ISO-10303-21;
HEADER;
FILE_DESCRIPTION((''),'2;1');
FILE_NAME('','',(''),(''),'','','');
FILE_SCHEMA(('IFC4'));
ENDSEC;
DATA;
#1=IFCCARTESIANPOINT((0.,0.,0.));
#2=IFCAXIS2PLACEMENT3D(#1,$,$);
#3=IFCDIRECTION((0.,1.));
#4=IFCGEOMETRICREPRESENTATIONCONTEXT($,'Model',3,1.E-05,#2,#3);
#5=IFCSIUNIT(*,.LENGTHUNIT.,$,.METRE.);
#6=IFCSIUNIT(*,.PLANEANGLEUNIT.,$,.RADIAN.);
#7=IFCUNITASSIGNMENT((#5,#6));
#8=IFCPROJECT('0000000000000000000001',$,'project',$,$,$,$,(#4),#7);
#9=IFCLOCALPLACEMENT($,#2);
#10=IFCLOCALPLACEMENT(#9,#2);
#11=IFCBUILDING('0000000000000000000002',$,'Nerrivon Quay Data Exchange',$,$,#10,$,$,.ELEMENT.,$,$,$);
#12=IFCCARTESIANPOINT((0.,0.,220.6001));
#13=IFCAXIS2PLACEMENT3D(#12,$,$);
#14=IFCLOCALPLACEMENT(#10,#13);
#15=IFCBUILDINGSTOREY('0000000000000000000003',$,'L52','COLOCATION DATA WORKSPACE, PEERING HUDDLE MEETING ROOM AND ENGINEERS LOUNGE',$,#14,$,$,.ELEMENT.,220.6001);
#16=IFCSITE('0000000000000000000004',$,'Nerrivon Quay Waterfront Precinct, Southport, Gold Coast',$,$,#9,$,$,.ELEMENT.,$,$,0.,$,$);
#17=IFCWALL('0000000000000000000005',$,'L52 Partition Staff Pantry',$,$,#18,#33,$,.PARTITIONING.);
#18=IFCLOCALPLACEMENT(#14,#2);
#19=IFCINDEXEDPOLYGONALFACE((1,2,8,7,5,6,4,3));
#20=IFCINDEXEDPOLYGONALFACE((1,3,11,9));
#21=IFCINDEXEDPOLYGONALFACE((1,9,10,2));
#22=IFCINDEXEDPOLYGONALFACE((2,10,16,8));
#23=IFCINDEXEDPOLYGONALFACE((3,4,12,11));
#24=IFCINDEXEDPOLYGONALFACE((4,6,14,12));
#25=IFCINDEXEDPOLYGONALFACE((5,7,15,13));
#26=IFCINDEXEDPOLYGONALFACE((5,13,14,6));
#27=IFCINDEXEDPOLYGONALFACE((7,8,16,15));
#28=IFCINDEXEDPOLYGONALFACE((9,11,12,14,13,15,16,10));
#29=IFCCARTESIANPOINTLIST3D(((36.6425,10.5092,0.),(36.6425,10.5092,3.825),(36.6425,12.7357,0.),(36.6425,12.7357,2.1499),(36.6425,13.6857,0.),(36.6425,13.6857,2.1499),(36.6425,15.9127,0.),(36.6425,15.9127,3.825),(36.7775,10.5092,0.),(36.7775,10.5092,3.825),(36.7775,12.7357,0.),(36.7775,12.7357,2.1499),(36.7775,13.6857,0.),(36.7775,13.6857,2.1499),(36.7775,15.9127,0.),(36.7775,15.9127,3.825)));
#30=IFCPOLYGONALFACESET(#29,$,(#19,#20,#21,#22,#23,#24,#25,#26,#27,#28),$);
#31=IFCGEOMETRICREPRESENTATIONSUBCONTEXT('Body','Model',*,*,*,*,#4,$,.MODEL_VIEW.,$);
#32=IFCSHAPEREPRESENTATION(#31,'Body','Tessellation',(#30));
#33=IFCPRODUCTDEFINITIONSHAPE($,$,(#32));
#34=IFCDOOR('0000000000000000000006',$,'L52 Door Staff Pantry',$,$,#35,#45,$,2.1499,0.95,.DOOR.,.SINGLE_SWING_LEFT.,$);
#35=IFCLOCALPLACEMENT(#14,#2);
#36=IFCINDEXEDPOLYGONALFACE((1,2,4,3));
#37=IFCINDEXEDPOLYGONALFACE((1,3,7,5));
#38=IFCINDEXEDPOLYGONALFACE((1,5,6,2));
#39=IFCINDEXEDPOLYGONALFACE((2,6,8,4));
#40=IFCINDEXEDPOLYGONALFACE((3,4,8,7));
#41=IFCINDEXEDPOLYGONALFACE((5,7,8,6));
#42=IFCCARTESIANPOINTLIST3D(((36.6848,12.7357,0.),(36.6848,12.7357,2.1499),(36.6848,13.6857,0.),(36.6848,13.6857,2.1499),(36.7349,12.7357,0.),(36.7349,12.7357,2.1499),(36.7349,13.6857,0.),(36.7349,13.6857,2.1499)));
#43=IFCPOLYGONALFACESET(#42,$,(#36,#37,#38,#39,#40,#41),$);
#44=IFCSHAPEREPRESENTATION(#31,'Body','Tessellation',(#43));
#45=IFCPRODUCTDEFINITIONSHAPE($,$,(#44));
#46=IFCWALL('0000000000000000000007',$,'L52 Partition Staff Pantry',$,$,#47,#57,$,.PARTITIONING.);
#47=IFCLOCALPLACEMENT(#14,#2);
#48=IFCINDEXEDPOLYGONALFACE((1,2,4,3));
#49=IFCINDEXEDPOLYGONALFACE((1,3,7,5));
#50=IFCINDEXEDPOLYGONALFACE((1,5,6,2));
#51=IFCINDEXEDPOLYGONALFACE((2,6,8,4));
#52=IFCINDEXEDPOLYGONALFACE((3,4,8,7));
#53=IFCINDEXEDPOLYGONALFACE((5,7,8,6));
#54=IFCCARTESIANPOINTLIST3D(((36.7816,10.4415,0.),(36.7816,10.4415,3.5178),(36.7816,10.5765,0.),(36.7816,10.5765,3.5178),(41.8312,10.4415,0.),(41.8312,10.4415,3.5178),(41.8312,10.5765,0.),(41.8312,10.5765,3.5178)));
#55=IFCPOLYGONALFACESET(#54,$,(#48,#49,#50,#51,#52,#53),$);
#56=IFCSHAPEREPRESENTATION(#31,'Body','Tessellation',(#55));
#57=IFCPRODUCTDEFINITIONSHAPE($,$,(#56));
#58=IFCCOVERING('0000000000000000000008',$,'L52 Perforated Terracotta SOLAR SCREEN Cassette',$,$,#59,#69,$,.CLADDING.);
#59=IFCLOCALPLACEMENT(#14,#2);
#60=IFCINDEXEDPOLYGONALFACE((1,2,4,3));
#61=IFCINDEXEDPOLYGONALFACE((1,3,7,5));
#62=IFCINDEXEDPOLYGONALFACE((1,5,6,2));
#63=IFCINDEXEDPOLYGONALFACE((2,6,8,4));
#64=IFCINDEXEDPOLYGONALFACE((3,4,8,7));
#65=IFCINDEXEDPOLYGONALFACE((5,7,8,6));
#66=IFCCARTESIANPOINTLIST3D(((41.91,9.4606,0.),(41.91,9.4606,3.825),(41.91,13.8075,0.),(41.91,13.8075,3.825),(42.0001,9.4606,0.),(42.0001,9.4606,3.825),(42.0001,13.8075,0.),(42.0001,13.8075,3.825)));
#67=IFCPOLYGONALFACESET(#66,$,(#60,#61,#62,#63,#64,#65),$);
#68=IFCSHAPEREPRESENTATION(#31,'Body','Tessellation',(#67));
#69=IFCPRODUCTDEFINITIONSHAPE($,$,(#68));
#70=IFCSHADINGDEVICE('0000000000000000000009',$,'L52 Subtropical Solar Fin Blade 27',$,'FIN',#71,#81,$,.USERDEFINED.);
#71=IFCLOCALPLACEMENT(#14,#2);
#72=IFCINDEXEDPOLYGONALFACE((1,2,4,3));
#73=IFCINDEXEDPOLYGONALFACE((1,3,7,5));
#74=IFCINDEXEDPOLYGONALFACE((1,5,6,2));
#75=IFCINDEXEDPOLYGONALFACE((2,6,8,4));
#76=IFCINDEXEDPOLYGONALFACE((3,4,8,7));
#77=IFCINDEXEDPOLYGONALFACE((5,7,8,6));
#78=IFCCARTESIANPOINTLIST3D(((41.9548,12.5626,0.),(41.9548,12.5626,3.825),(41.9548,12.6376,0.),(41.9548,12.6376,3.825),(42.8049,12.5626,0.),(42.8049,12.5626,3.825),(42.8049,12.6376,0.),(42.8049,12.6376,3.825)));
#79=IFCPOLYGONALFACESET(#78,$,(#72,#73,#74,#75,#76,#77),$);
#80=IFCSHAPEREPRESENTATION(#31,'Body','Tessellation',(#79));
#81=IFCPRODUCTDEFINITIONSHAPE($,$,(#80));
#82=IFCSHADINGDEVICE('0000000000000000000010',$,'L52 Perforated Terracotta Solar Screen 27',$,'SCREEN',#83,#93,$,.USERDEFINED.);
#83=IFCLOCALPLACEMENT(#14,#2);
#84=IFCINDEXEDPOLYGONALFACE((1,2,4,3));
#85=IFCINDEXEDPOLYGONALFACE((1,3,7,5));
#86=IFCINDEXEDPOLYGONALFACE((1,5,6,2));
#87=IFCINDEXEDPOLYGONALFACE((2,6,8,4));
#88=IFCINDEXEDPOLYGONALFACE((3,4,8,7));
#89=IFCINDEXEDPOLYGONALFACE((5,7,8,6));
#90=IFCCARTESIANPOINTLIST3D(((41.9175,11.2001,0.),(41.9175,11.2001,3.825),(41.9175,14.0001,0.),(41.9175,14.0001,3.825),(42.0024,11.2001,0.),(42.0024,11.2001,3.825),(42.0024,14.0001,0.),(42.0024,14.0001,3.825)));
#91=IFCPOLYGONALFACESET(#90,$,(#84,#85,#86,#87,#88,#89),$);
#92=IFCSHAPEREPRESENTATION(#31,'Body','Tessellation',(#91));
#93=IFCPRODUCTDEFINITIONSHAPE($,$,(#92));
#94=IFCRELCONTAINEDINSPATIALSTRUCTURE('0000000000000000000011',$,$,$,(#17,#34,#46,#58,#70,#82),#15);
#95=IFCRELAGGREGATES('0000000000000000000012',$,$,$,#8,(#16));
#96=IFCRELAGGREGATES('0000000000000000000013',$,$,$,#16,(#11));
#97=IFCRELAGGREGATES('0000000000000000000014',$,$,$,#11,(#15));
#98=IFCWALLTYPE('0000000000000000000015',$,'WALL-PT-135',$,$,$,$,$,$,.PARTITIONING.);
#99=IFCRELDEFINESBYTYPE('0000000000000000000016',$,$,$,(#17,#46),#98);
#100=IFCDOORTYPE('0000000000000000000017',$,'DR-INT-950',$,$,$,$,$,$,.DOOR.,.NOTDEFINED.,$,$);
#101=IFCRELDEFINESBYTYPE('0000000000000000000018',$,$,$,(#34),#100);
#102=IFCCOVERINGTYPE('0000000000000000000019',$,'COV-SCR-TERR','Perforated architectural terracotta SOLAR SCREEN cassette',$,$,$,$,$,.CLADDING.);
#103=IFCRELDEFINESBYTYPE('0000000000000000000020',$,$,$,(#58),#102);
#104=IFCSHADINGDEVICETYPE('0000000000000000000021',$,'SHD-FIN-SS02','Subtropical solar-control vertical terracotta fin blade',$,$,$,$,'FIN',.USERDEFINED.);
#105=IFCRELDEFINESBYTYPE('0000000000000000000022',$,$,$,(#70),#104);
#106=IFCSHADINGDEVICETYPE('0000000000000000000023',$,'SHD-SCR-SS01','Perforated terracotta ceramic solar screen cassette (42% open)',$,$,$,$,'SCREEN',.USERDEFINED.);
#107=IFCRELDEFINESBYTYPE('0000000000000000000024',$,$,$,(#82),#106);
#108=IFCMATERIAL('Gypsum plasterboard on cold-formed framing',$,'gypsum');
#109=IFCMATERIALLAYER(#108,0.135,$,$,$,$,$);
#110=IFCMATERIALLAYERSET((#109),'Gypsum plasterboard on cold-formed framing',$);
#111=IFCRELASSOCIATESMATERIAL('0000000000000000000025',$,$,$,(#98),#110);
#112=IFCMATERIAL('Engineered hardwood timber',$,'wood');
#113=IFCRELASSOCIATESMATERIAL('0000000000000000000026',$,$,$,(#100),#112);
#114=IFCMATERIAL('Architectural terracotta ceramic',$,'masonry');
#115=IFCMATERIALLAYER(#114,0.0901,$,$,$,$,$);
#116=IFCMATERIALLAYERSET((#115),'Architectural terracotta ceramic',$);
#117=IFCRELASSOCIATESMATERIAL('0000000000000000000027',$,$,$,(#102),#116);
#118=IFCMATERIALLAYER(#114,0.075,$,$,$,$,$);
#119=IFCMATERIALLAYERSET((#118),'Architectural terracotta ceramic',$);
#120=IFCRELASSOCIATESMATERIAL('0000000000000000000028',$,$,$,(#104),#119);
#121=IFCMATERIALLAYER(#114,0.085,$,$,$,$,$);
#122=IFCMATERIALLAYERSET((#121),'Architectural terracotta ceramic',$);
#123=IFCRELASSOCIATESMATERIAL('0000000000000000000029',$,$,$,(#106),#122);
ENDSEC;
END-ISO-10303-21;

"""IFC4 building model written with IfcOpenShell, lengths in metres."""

from ifc_helpers import new_model, si_unit, direction, frame, frame_2d, origin, origin_2d, place, context, subcontext, project, spatial, rectangle, extrude, material, layer, layer_set, type_object, element, fill, save


model = new_model("IFC4")

# Units and contexts
model_context = context("Model", 3, precision=1e-05, world=origin(), true_north=direction((0.0, 1.0)))
body_context = subcontext(model_context, "Body", "Model", "MODEL_VIEW")
ifc_project = project(units=[si_unit("LENGTHUNIT", "METRE"), si_unit("PLANEANGLEUNIT", "RADIAN")], contexts=[model_context])

# Site, building, storey
site_placement = place(None, origin())
site = spatial("IfcSite", under=ifc_project, at=site_placement, Name="Nerrivon Quay Waterfront Precinct, Southport, Gold Coast", CompositionType="ELEMENT", RefElevation=0.0)
building_placement = place(site_placement, origin())
building = spatial("IfcBuilding", under=site, at=building_placement, Name="Nerrivon Quay Data Exchange", CompositionType="ELEMENT")
storey_placement = place(building_placement, frame((0.0, 0.0, 220.6001)))
storey = spatial("IfcBuildingStorey", under=building, at=storey_placement, Name="L52", Description="COLOCATION DATA WORKSPACE, PEERING HUDDLE MEETING ROOM AND ENGINEERS LOUNGE", CompositionType="ELEMENT", Elevation=220.6001)

# Shared definitions
ifc_material_1 = material(Name="Gypsum plasterboard on cold-formed framing", Category="gypsum")

# Shared definitions
ifc_material_2 = material(Name="Engineered hardwood timber", Category="wood")

# Shared definitions
ifc_layer_1 = layer(ifc_material_1, 0.135)
ifc_layer_set_1 = layer_set([ifc_layer_1], Name="Gypsum plasterboard on cold-formed framing")
wall_type_1 = type_object("IfcWallType", Name="WALL-PT-135", PredefinedType="PARTITIONING", material=ifc_layer_set_1)

# Wall, opening, door
wall_1_placement = place(storey_placement, frame((36.71, 15.9126, 0.0), z_axis=(0.0, 0.0, 1.0), x_axis=(0.0, -1.0, 0.0)))
wall_1 = element("IfcWall", 1, at=wall_1_placement, inside=storey, type_object=wall_type_1, Name="L52 Partition Staff Pantry", PredefinedType="PARTITIONING", context=body_context, shape_type="SweptSolid", body=[
    extrude(rectangle(XDim=5.4036, YDim=0.135, at=frame_2d((2.7017, 0.0))), origin(), (0.0, 0.0, 1.0), 3.825),
])
opening_1_placement = place(wall_1_placement, frame((2.2268, 0.0, 0.0)))
opening_1 = element("IfcOpeningElement", 2, at=opening_1_placement, cuts=wall_1, PredefinedType="OPENING", context=body_context, shape_type="SweptSolid", body=[
    extrude(rectangle(XDim=0.95, YDim=2.1499, at=frame_2d((0.4751, 1.075))), frame((0.0, 0.0774, 0.0), z_axis=(0.0, -1.0, 0.0), x_axis=(1.0, 0.0, 0.0)), (0.0, 0.0, 1.0), 0.155),
])
door_type_1 = type_object("IfcDoorType", Name="DR-INT-950", OperationType="NOTDEFINED", PredefinedType="DOOR", material=ifc_material_2)
door_1_placement = place(opening_1_placement, origin())
door_1 = element("IfcDoor", 3, at=door_1_placement, inside=storey, type_object=door_type_1, Name="L52 Door Staff Pantry", OperationType="SINGLE_SWING_LEFT", OverallHeight=2.1499, OverallWidth=0.95, PredefinedType="DOOR", context=body_context, shape_type="SweptSolid", body=[
    extrude(rectangle(XDim=0.95, YDim=2.1499, at=frame_2d((0.4751, 1.075))), frame((0.0, 0.0249, 0.0), z_axis=(0.0, -1.0, 0.0), x_axis=(1.0, 0.0, 0.0)), (0.0, 0.0, 1.0), 0.05),
])
fill(opening_1, door_1)

# Wall
wall_2_placement = place(storey_placement, frame((36.7815, 10.509, 0.0), z_axis=(0.0, 0.0, 1.0), x_axis=(1.0, 0.0, 0.0)))
element("IfcWall", 4, at=wall_2_placement, inside=storey, type_object=wall_type_1, Name="L52 Partition Staff Pantry", PredefinedType="PARTITIONING", context=body_context, shape_type="SweptSolid", body=[
    extrude(rectangle(XDim=5.0496, YDim=0.135, at=frame_2d((2.5249, 0.0))), origin(), (0.0, 0.0, 1.0), 3.5178),
])

# Covering
ifc_material_3 = material(Name="Architectural terracotta ceramic", Category="masonry")
ifc_layer_2 = layer(ifc_material_3, 0.0901)
ifc_layer_set_2 = layer_set([ifc_layer_2], Name="Architectural terracotta ceramic")
covering_type = type_object("IfcCoveringType", Name="COV-SCR-TERR", Description="Perforated architectural terracotta SOLAR SCREEN cassette", PredefinedType="CLADDING", material=ifc_layer_set_2)
covering_placement = place(storey_placement, frame((41.9551, 11.634, 0.0), z_axis=(0.0, 0.0, 1.0), x_axis=(0.0, -1.0, 0.0)))
element("IfcCovering", 5, at=covering_placement, inside=storey, type_object=covering_type, Name="L52 Perforated Terracotta SOLAR SCREEN Cassette", PredefinedType="CLADDING", context=body_context, shape_type="SweptSolid", body=[
    extrude(rectangle(XDim=4.3469, YDim=0.0901, at=origin_2d()), origin(), (0.0, 0.0, 1.0), 3.825),
])

# Shading devices
ifc_layer_3 = layer(ifc_material_3, 0.075)
ifc_layer_set_3 = layer_set([ifc_layer_3], Name="Architectural terracotta ceramic")
shading_device_type_1 = type_object("IfcShadingDeviceType", Name="SHD-FIN-SS02", Description="Subtropical solar-control vertical terracotta fin blade", ElementType="FIN", PredefinedType="USERDEFINED", material=ifc_layer_set_3)
shading_device_1_placement = place(storey_placement, frame((42.3799, 12.6001, 0.0), z_axis=(0.0, 0.0, 1.0), x_axis=(0.0, -1.0, 0.0)))
element("IfcShadingDevice", 6, at=shading_device_1_placement, inside=storey, type_object=shading_device_type_1, Name="L52 Subtropical Solar Fin Blade 27", ObjectType="FIN", PredefinedType="USERDEFINED", context=body_context, shape_type="SweptSolid", body=[
    extrude(rectangle(XDim=0.075, YDim=0.8501, at=origin_2d()), origin(), (0.0, 0.0, 1.0), 3.825),
])
ifc_layer_4 = layer(ifc_material_3, 0.085)
ifc_layer_set_4 = layer_set([ifc_layer_4], Name="Architectural terracotta ceramic")
shading_device_type_2 = type_object("IfcShadingDeviceType", Name="SHD-SCR-SS01", Description="Perforated terracotta ceramic solar screen cassette (42% open)", ElementType="SCREEN", PredefinedType="USERDEFINED", material=ifc_layer_set_4)
shading_device_2_placement = place(storey_placement, frame((41.96, 12.6001, 0.0), z_axis=(0.0, 0.0, 1.0), x_axis=(0.0, -1.0, 0.0)))
element("IfcShadingDevice", 7, at=shading_device_2_placement, inside=storey, type_object=shading_device_type_2, Name="L52 Perforated Terracotta Solar Screen 27", ObjectType="SCREEN", PredefinedType="USERDEFINED", context=body_context, shape_type="SweptSolid", body=[
    extrude(rectangle(XDim=2.8, YDim=0.085, at=origin_2d()), origin(), (0.0, 0.0, 1.0), 3.825),
])

save(model, "model.ifc")
